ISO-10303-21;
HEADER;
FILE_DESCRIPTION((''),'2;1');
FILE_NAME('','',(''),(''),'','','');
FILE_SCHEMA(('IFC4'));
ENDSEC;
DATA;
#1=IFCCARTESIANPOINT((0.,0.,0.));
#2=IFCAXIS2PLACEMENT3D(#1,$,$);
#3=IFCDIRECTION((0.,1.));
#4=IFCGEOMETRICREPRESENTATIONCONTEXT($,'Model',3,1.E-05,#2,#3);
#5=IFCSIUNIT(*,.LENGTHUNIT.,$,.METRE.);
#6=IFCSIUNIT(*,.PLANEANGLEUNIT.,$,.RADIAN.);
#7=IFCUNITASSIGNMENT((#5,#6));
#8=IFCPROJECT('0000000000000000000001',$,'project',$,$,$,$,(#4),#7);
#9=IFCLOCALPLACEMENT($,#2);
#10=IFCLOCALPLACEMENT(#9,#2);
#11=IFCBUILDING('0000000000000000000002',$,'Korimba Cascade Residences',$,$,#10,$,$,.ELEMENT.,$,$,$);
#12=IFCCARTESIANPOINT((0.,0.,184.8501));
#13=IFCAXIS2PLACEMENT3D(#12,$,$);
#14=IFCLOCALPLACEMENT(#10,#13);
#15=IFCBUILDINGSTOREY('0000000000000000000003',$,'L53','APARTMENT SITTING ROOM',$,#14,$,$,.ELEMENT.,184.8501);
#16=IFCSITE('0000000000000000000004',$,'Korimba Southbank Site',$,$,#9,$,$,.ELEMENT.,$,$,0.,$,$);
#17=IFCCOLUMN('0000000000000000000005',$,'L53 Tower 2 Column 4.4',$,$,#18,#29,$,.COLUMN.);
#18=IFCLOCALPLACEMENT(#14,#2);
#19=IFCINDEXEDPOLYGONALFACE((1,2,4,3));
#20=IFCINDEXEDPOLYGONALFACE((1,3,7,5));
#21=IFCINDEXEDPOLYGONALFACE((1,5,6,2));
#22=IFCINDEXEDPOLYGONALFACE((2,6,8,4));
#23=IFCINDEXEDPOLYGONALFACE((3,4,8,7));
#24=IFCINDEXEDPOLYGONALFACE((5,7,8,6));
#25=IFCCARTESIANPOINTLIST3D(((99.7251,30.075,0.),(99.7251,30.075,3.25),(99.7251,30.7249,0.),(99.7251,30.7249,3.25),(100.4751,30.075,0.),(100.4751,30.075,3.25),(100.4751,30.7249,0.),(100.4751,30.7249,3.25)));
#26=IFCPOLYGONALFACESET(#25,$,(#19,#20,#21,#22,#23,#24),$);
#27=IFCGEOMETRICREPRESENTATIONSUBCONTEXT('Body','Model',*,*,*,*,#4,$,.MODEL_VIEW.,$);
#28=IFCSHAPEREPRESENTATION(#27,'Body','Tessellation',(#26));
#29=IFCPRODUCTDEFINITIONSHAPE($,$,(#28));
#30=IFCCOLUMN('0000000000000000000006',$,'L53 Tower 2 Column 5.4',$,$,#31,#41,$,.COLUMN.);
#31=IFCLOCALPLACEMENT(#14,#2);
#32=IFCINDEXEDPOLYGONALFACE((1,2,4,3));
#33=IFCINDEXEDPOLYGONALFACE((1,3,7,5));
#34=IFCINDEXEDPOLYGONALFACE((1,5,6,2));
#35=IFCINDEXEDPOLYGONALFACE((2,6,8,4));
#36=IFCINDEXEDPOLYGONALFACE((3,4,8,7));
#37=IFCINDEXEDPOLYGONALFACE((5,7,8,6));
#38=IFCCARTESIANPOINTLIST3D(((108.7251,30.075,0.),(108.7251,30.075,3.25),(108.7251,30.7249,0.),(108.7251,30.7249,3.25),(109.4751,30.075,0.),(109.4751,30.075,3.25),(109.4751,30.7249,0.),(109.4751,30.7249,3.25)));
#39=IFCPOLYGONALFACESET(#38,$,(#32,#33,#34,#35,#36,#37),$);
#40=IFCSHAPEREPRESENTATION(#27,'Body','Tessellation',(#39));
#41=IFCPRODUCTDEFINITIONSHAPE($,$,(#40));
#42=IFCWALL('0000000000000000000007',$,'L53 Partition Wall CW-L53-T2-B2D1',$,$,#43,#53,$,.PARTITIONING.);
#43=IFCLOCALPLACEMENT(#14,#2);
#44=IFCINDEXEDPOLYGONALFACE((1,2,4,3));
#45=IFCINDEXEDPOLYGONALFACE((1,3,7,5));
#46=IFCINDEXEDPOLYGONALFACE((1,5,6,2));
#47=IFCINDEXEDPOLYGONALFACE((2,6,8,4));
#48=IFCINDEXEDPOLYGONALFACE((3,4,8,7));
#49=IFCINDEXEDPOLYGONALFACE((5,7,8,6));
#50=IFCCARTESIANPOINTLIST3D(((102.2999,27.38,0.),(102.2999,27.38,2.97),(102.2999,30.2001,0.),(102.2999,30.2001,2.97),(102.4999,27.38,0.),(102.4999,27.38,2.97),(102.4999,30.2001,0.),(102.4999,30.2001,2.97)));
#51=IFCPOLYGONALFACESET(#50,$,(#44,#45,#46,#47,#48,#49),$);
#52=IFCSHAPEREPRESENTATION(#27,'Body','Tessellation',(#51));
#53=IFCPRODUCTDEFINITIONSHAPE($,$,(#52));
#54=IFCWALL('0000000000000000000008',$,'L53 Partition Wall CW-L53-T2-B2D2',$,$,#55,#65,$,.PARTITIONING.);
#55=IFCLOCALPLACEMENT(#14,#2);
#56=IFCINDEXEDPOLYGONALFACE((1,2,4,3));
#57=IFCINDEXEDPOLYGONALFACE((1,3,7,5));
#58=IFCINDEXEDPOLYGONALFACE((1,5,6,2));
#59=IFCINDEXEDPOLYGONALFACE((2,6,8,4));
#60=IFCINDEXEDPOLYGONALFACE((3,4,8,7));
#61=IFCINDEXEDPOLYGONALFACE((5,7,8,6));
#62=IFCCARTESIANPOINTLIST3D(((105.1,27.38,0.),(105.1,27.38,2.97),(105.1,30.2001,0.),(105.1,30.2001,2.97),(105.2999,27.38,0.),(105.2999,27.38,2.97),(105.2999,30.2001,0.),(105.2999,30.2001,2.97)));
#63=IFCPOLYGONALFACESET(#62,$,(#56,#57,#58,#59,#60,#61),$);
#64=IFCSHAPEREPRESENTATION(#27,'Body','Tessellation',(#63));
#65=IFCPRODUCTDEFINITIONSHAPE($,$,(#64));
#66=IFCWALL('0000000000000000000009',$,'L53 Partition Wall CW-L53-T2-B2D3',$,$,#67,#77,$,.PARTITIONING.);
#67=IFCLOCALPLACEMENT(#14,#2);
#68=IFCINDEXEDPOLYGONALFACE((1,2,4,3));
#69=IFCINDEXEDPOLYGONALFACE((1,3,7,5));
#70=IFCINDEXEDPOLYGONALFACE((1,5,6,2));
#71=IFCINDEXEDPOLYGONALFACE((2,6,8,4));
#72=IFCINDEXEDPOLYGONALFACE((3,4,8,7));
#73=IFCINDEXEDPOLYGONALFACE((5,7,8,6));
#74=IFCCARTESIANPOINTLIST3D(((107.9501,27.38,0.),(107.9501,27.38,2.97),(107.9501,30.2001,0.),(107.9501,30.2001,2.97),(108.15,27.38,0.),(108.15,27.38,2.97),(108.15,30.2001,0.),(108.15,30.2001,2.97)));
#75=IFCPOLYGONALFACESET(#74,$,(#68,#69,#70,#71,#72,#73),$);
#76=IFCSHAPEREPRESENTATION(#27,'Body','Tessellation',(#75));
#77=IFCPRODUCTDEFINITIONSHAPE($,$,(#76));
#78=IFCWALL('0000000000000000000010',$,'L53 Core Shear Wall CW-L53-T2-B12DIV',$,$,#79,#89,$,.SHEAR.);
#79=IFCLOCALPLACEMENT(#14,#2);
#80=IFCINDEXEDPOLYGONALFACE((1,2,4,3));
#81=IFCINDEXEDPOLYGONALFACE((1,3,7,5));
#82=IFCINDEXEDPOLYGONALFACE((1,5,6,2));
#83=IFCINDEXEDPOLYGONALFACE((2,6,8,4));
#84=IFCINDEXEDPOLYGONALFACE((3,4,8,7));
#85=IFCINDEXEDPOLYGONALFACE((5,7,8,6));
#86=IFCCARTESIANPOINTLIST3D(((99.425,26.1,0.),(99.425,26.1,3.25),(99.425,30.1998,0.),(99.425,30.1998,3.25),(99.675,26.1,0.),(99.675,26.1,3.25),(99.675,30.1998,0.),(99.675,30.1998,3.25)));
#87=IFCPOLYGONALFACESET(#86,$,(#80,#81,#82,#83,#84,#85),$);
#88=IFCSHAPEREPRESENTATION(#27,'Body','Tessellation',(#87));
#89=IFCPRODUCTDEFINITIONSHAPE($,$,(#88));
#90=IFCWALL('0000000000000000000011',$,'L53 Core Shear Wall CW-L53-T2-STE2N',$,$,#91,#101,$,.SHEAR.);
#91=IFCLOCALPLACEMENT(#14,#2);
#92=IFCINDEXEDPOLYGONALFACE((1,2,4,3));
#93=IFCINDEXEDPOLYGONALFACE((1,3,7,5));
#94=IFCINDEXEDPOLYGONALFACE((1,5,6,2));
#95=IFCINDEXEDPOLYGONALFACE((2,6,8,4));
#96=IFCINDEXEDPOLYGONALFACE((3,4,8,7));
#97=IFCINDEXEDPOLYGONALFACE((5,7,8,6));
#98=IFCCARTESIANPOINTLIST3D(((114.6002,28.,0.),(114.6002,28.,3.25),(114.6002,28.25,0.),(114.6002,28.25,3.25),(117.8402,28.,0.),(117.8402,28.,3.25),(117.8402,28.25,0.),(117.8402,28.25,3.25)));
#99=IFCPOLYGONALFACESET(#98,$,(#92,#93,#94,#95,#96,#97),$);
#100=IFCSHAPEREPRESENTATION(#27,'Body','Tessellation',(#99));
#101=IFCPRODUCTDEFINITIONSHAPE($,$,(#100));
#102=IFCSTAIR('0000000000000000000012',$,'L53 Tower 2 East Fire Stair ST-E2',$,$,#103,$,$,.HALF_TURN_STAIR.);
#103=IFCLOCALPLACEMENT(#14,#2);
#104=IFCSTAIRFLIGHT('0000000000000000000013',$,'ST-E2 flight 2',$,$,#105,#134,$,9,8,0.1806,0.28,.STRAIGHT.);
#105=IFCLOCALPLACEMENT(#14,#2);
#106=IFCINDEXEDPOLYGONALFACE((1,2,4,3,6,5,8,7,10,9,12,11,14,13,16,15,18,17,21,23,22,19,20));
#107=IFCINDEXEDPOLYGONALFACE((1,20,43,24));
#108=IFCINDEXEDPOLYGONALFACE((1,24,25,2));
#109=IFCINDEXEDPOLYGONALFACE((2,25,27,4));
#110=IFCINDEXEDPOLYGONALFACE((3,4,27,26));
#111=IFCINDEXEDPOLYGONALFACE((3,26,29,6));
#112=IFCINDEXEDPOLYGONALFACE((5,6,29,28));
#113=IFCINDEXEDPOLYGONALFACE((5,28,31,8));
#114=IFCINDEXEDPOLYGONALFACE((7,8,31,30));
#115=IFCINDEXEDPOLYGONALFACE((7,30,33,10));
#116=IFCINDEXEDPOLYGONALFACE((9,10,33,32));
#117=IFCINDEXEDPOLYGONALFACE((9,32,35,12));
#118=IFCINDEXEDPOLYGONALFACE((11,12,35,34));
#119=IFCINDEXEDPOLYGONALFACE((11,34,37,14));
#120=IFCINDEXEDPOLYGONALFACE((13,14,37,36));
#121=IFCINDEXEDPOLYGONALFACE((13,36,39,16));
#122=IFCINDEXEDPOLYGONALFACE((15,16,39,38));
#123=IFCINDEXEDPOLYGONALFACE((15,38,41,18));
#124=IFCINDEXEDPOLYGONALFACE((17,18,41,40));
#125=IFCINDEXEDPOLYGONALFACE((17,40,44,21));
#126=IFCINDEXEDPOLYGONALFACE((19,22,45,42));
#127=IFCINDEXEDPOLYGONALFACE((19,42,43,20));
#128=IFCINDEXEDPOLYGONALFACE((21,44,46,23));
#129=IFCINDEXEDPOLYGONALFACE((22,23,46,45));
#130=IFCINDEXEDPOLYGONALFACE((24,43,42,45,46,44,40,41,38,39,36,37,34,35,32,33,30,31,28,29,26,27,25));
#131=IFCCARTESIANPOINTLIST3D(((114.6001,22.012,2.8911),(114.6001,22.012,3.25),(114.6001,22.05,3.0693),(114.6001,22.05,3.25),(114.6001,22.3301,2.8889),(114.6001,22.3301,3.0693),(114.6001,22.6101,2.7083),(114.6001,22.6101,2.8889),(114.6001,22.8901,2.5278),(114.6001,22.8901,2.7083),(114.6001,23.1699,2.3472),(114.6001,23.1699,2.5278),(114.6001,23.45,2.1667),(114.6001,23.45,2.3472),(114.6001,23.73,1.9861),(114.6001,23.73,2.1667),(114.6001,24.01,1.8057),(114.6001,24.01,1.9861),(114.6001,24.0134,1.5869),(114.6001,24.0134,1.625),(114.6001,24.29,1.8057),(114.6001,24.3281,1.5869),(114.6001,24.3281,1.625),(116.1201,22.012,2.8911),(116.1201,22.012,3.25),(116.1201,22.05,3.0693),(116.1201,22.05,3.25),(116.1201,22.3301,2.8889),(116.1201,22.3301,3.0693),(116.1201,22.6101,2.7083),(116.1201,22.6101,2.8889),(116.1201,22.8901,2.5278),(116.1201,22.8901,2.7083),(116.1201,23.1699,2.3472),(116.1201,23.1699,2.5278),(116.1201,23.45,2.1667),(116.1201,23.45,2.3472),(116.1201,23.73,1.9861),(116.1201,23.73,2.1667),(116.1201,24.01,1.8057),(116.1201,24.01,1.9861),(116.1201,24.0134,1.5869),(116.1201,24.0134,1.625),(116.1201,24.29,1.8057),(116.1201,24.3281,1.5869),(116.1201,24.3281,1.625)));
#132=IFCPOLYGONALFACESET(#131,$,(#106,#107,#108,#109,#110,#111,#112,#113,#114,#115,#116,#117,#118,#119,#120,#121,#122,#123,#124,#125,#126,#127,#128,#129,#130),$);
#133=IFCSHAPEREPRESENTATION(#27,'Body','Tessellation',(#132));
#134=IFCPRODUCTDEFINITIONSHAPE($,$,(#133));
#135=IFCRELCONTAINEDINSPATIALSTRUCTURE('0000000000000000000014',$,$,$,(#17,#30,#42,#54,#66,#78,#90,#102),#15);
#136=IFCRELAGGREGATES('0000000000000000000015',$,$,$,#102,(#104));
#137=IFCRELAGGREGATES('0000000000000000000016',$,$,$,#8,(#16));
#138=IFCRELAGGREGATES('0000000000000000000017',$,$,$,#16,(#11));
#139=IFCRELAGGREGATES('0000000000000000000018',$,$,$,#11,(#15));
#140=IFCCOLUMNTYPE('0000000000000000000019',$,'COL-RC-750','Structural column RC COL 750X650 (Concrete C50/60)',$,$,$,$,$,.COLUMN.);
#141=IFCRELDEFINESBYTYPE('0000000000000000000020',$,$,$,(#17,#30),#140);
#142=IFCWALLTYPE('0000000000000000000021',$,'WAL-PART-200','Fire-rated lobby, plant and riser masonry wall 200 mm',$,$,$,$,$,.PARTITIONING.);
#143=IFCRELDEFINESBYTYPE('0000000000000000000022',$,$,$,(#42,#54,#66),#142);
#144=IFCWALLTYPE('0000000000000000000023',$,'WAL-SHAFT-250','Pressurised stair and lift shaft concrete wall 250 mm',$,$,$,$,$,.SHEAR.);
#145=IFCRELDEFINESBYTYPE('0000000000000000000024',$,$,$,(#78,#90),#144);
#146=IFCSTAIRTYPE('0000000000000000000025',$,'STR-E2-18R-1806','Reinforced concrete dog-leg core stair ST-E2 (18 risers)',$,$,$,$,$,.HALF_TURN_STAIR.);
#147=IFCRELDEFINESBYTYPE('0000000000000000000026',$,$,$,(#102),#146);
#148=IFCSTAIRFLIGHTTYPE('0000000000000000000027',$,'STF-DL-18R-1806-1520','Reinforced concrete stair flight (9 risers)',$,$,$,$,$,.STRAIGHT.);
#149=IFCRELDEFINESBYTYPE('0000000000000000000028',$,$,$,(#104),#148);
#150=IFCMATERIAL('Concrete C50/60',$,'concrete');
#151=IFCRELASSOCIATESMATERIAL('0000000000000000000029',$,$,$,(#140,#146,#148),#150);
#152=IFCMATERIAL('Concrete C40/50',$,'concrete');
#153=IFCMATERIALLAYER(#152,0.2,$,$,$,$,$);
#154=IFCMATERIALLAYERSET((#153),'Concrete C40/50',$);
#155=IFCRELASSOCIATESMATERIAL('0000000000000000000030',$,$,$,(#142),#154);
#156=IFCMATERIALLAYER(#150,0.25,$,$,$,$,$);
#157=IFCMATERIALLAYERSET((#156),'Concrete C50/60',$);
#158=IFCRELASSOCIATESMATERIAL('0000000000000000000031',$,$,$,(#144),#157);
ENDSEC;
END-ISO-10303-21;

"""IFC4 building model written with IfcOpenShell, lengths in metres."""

from ifc_helpers import new_model, si_unit, direction, frame, frame_2d, origin, origin_2d, place, context, subcontext, project, spatial, polyline, rectangle, outline, extrude, material, layer, layer_set, material_profile, profile_set, type_object, element, aggregate, save


model = new_model("IFC4")

# Units and contexts
model_context = context("Model", 3, precision=1e-05, world=origin(), true_north=direction((0.0, 1.0)))
body_context = subcontext(model_context, "Body", "Model", "MODEL_VIEW")
ifc_project = project(units=[si_unit("LENGTHUNIT", "METRE"), si_unit("PLANEANGLEUNIT", "RADIAN")], contexts=[model_context])

# Site, building, storey
site_placement = place(None, origin())
site = spatial("IfcSite", under=ifc_project, at=site_placement, Name="Korimba Southbank Site", CompositionType="ELEMENT", RefElevation=0.0)
building_placement = place(site_placement, origin())
building = spatial("IfcBuilding", under=site, at=building_placement, Name="Korimba Cascade Residences", CompositionType="ELEMENT")
storey_placement = place(building_placement, frame((0.0, 0.0, 184.8501)))
storey = spatial("IfcBuildingStorey", under=building, at=storey_placement, Name="L53", Description="APARTMENT SITTING ROOM", CompositionType="ELEMENT", Elevation=184.8501)

# Columns
ifc_material_1 = material(Name="Concrete C50/60", Category="concrete")
ifc_material_profile = material_profile(ifc_material_1, rectangle(XDim=0.75, YDim=0.6499, at=origin_2d()), Name="Concrete C50/60")
ifc_profile_set = profile_set([ifc_material_profile], Name="Concrete C50/60")
column_type = type_object("IfcColumnType", Name="COL-RC-750", Description="Structural column RC COL 750X650 (Concrete C50/60)", PredefinedType="COLUMN", material=ifc_profile_set)
for number, where, z_axis, x_axis, name in (
    (1, (100.1001, 30.3999, 0.0), (0.0, 0.0, 1.0), (1.0, 0.0, 0.0), "L53 Tower 2 Column 4.4"),
    (2, (109.1001, 30.3999, 0.0), (0.0, 0.0, 1.0), (1.0, 0.0, 0.0), "L53 Tower 2 Column 5.4"),
):
    element("IfcColumn", number, at=place(storey_placement, frame(where, z_axis=z_axis, x_axis=x_axis)), inside=storey, type_object=column_type, Name=name, PredefinedType="COLUMN", context=body_context, shape_type="SweptSolid", body=[
        extrude(rectangle(XDim=0.75, YDim=0.6499, at=origin_2d()), origin(), (0.0, 0.0, 1.0), 3.25),
    ])

# Walls
ifc_material_2 = material(Name="Concrete C40/50", Category="concrete")
ifc_layer_1 = layer(ifc_material_2, 0.2)
ifc_layer_set_1 = layer_set([ifc_layer_1], Name="Concrete C40/50")
wall_type_1 = type_object("IfcWallType", Name="WAL-PART-200", Description="Fire-rated lobby, plant and riser masonry wall 200 mm", PredefinedType="PARTITIONING", material=ifc_layer_set_1)
for number, where, z_axis, x_axis, name in (
    (3, (102.3999, 27.3799, 0.0), (0.0, 0.0, 1.0), (0.0, 1.0, 0.0), "L53 Partition Wall CW-L53-T2-B2D1"),
    (4, (105.2, 27.3799, 0.0), (0.0, 0.0, 1.0), (0.0, 1.0, 0.0), "L53 Partition Wall CW-L53-T2-B2D2"),
    (5, (108.05, 27.3799, 0.0), (0.0, 0.0, 1.0), (0.0, 1.0, 0.0), "L53 Partition Wall CW-L53-T2-B2D3"),
):
    element("IfcWall", number, at=place(storey_placement, frame(where, z_axis=z_axis, x_axis=x_axis)), inside=storey, type_object=wall_type_1, Name=name, PredefinedType="PARTITIONING", context=body_context, shape_type="SweptSolid", body=[
        extrude(rectangle(XDim=2.8201, YDim=0.2, at=frame_2d((1.4102, 0.0))), origin(), (0.0, 0.0, 1.0), 2.97),
    ])
ifc_layer_2 = layer(ifc_material_1, 0.25)
ifc_layer_set_2 = layer_set([ifc_layer_2], Name="Concrete C50/60")
wall_type_2 = type_object("IfcWallType", Name="WAL-SHAFT-250", Description="Pressurised stair and lift shaft concrete wall 250 mm", PredefinedType="SHEAR", material=ifc_layer_set_2)
wall_1_placement = place(storey_placement, frame((99.55, 26.1001, 0.0), z_axis=(0.0, 0.0, 1.0), x_axis=(0.0, 1.0, 0.0)))
element("IfcWall", 6, at=wall_1_placement, inside=storey, type_object=wall_type_2, Name="L53 Core Shear Wall CW-L53-T2-B12DIV", PredefinedType="SHEAR", context=body_context, shape_type="SweptSolid", body=[
    extrude(rectangle(XDim=4.0999, YDim=0.25, at=frame_2d((2.0498, 0.0))), origin(), (0.0, 0.0, 1.0), 3.25),
])

# Wall
wall_2_placement = place(storey_placement, frame((114.6001, 28.125, 0.0), z_axis=(0.0, 0.0, 1.0), x_axis=(1.0, 0.0, 0.0)))
element("IfcWall", 7, at=wall_2_placement, inside=storey, type_object=wall_type_2, Name="L53 Core Shear Wall CW-L53-T2-STE2N", PredefinedType="SHEAR", context=body_context, shape_type="SweptSolid", body=[
    extrude(rectangle(XDim=3.24, YDim=0.25, at=frame_2d((1.6201, 0.0))), origin(), (0.0, 0.0, 1.0), 3.25),
])

# Stair, stair flight
stair_type = type_object("IfcStairType", Name="STR-E2-18R-1806", Description="Reinforced concrete dog-leg core stair ST-E2 (18 risers)", PredefinedType="HALF_TURN_STAIR", material=ifc_material_1)
stair_placement = place(storey_placement, origin())
stair = element("IfcStair", 8, at=stair_placement, inside=storey, type_object=stair_type, Name="L53 Tower 2 East Fire Stair ST-E2", PredefinedType="HALF_TURN_STAIR")
stair_flight_type = type_object("IfcStairFlightType", Name="STF-DL-18R-1806-1520", Description="Reinforced concrete stair flight (9 risers)", PredefinedType="STRAIGHT", material=ifc_material_1)
stair_flight_placement = place(storey_placement, frame((115.3601, 24.29, 1.625), z_axis=(0.0, 0.0, 1.0), x_axis=(0.0, -1.0, 0.0)))
stair_flight = element("IfcStairFlight", 9, at=stair_flight_placement, type_object=stair_flight_type, Name="ST-E2 flight 2", NumberOfRisers=9, NumberOfTreads=8, PredefinedType="STRAIGHT", RiserHeight=0.1806, TreadLength=0.28, context=body_context, shape_type="SweptSolid", body=[
    extrude(outline(polyline([(-0.0381, 0.0), (0.0, 0.1807), (0.28, 0.1807), (0.28, 0.3611), (0.5601, 0.3611), (0.5601, 0.5417), (0.8401, 0.5417), (0.8401, 0.7222), (1.1201, 0.7222), (1.1201, 0.9028), (1.3999, 0.9028), (1.3999, 1.0833), (1.6799, 1.0833), (1.6799, 1.2639), (1.96, 1.2639), (1.96, 1.4443), (2.24, 1.4443), (2.24, 1.625), (2.2781, 1.625), (2.2781, 1.2661), (0.2766, 0.0), (0.2766, -0.0381), (-0.0381, -0.0381), (-0.0381, 0.0)])), frame((0.0, 0.76, 0.0), z_axis=(0.0, -1.0, 0.0), x_axis=(1.0, 0.0, 0.0)), (0.0, 0.0, 1.0), 1.52),
])
aggregate(stair, [stair_flight])

save(model, "model.ifc")
